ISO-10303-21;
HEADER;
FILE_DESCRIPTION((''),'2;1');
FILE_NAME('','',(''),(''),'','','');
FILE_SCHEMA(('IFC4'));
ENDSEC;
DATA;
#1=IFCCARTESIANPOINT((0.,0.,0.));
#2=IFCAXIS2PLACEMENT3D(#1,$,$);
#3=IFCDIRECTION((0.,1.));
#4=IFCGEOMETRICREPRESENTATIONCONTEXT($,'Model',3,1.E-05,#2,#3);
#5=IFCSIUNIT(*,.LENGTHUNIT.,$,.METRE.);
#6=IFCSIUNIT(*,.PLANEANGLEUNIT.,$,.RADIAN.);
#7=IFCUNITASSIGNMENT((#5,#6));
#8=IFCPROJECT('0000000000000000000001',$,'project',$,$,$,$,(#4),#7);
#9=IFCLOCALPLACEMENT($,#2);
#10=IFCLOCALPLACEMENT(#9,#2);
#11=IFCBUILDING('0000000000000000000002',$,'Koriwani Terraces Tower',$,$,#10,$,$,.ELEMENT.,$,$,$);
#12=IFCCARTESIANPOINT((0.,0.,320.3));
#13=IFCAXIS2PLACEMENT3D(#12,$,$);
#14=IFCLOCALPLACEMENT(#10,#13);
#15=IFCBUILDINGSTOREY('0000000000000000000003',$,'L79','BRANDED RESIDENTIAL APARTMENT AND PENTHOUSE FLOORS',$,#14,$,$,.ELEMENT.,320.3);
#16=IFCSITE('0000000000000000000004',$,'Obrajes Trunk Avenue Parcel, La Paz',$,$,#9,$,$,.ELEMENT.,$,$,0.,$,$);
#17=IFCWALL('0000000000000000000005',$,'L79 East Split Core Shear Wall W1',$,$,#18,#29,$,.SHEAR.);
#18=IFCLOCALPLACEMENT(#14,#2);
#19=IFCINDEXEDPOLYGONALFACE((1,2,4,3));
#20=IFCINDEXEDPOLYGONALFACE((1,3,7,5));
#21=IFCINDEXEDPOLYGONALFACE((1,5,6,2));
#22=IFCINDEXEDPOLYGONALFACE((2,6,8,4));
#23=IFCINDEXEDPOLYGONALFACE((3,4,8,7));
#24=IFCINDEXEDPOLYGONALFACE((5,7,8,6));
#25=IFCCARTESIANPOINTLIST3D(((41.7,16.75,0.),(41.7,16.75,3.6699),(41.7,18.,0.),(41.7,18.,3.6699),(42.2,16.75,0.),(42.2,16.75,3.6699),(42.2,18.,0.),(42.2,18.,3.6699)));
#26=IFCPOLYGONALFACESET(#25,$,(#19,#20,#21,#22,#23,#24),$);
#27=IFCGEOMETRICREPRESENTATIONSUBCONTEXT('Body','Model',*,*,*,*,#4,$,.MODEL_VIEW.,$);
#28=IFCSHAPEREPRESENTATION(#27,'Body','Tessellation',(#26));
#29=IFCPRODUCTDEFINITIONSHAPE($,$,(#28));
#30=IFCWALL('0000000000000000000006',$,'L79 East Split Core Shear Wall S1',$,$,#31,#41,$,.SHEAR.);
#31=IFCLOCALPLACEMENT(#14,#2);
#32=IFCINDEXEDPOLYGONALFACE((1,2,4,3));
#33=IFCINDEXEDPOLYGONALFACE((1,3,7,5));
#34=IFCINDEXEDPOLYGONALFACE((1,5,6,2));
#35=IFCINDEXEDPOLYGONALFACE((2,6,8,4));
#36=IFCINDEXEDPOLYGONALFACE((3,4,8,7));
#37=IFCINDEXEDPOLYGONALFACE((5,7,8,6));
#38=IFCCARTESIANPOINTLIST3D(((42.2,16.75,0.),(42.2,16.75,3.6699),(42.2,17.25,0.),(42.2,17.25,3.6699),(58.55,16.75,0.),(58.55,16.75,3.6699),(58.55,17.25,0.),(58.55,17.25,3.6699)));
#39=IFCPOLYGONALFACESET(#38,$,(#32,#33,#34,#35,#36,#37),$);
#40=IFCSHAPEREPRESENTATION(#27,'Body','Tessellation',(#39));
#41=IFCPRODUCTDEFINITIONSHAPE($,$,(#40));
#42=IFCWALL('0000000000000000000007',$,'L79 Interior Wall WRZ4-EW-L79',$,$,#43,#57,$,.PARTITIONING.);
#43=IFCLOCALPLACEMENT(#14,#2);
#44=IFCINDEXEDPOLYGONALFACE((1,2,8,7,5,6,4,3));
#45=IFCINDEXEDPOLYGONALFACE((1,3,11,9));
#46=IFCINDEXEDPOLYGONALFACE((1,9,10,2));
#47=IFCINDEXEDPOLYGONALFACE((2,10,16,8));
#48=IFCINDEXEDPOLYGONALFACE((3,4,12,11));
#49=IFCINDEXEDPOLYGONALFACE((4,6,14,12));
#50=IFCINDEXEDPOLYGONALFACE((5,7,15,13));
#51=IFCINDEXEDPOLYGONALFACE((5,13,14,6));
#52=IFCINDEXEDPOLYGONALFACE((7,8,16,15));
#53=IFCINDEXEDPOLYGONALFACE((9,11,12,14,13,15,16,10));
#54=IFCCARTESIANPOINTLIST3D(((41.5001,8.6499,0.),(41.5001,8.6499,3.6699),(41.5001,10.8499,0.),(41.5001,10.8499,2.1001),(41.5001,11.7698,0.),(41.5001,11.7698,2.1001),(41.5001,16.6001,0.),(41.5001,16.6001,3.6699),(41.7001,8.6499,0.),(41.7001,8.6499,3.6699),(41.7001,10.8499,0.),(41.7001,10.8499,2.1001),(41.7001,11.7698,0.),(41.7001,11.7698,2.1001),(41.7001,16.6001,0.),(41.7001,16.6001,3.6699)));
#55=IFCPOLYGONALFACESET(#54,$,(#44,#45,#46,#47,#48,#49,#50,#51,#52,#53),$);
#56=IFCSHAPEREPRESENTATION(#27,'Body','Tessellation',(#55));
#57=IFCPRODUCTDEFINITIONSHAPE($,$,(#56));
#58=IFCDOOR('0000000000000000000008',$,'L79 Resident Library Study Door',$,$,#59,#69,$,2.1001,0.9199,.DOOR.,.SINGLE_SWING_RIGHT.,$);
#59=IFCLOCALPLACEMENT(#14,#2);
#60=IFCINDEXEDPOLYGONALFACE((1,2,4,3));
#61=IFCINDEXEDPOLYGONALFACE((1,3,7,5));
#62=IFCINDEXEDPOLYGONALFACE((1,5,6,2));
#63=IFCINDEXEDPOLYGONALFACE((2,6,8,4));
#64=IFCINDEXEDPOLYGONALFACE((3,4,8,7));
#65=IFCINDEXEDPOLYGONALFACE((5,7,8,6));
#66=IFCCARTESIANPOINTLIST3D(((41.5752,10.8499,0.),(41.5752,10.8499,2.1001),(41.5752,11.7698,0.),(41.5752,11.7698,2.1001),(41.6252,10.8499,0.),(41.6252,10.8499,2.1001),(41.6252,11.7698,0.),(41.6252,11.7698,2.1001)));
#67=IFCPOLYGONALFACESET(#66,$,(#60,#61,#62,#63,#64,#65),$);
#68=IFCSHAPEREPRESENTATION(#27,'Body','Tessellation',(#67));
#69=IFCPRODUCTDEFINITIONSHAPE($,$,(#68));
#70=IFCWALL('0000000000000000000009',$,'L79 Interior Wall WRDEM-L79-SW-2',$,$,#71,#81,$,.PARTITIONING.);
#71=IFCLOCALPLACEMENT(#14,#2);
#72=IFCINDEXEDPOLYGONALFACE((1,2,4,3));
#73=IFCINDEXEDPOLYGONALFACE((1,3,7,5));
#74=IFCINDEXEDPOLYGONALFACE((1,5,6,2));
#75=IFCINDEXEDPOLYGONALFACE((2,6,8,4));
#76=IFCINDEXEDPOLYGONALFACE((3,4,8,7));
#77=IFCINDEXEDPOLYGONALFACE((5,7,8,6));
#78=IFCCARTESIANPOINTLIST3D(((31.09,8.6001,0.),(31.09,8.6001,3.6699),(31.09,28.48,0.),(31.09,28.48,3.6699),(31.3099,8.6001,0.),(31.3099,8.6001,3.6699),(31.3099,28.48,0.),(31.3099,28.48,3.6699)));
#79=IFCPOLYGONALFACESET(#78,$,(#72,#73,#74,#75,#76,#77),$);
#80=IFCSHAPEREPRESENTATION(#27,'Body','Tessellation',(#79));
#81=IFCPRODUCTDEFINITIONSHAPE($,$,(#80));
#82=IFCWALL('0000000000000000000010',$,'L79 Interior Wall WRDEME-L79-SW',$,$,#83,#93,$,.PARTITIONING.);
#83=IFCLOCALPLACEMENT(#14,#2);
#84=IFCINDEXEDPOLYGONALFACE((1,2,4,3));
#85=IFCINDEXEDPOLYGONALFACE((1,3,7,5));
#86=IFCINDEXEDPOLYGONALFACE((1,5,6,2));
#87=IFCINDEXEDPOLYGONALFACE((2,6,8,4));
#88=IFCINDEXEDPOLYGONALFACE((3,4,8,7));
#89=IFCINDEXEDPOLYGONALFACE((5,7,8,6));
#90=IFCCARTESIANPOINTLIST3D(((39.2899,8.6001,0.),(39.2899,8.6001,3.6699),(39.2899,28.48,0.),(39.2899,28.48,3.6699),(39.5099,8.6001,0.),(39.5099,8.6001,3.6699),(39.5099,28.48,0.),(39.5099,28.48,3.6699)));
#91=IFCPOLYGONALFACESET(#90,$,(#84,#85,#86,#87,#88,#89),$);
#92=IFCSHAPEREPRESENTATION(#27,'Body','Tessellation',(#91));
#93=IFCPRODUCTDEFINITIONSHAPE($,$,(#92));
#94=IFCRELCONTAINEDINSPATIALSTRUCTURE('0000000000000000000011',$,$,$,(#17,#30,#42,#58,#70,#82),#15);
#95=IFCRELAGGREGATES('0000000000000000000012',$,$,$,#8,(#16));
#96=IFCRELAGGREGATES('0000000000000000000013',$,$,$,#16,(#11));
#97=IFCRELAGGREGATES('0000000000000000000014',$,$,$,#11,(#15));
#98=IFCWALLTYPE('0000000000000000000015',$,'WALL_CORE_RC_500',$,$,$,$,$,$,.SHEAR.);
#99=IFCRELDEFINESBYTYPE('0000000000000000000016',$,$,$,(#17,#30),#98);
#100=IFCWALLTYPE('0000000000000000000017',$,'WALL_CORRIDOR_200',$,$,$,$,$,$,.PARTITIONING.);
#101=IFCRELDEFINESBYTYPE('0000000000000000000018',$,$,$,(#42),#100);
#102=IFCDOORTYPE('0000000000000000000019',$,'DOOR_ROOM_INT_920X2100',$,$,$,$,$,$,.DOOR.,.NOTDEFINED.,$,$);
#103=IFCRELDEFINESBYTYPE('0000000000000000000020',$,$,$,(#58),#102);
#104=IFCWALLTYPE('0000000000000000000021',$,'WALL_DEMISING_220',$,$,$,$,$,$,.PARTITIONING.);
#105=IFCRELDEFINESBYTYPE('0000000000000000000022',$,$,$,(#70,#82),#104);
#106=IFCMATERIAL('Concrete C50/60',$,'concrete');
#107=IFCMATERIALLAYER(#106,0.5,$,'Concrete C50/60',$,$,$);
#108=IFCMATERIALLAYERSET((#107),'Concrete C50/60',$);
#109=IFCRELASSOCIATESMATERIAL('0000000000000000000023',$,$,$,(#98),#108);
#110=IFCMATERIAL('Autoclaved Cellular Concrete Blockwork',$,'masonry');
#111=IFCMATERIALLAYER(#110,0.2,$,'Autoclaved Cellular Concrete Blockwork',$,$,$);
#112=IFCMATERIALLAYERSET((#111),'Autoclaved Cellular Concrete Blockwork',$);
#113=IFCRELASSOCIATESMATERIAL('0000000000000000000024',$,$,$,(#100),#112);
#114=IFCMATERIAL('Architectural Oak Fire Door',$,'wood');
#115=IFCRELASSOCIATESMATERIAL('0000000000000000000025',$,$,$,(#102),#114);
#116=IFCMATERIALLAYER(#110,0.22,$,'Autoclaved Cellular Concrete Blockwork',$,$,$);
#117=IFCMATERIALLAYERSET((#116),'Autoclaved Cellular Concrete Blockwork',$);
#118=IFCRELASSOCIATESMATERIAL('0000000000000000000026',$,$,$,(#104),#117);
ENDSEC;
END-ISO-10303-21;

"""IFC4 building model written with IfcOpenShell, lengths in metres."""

from ifc_helpers import new_model, si_unit, direction, frame, frame_2d, origin, place, context, subcontext, project, spatial, rectangle, extrude, material, layer, layer_set, type_object, element, fill, save


model = new_model("IFC4")

# Units and contexts
model_context = context("Model", 3, precision=1e-05, world=origin(), true_north=direction((0.0, 1.0)))
body_context = subcontext(model_context, "Body", "Model", "MODEL_VIEW")
ifc_project = project(units=[si_unit("LENGTHUNIT", "METRE"), si_unit("PLANEANGLEUNIT", "RADIAN")], contexts=[model_context])

# Site, building, storey
site_placement = place(None, origin())
site = spatial("IfcSite", under=ifc_project, at=site_placement, Name="Obrajes Trunk Avenue Parcel, La Paz", CompositionType="ELEMENT", RefElevation=0.0)
building_placement = place(site_placement, origin())
building = spatial("IfcBuilding", under=site, at=building_placement, Name="Koriwani Terraces Tower", CompositionType="ELEMENT")
storey_placement = place(building_placement, frame((0.0, 0.0, 320.3)))
storey = spatial("IfcBuildingStorey", under=building, at=storey_placement, Name="L79", Description="BRANDED RESIDENTIAL APARTMENT AND PENTHOUSE FLOORS", CompositionType="ELEMENT", Elevation=320.3)

# Shared definitions
ifc_material_1 = material(Name="Concrete C50/60", Category="concrete")

# Walls
ifc_layer_1 = layer(ifc_material_1, 0.5, Name="Concrete C50/60")
ifc_layer_set_1 = layer_set([ifc_layer_1], Name="Concrete C50/60")
wall_type_1 = type_object("IfcWallType", Name="WALL_CORE_RC_500", PredefinedType="SHEAR", material=ifc_layer_set_1)
wall_1_placement = place(storey_placement, frame((41.95, 16.75, 0.0), z_axis=(0.0, 0.0, 1.0), x_axis=(0.0, 1.0, 0.0)))
element("IfcWall", 1, at=wall_1_placement, inside=storey, type_object=wall_type_1, Name="L79 East Split Core Shear Wall W1", PredefinedType="SHEAR", context=body_context, shape_type="SweptSolid", body=[
    extrude(rectangle(XDim=1.25, YDim=0.5, at=frame_2d((0.625, 0.0))), origin(), (0.0, 0.0, 1.0), 3.6699),
])
wall_2_placement = place(storey_placement, frame((42.2, 17.0, 0.0), z_axis=(0.0, 0.0, 1.0), x_axis=(1.0, 0.0, 0.0)))
element("IfcWall", 2, at=wall_2_placement, inside=storey, type_object=wall_type_1, Name="L79 East Split Core Shear Wall S1", PredefinedType="SHEAR", context=body_context, shape_type="SweptSolid", body=[
    extrude(rectangle(XDim=16.3501, YDim=0.5, at=frame_2d((8.175, 0.0))), origin(), (0.0, 0.0, 1.0), 3.6699),
])

# Wall, opening, door
ifc_material_2 = material(Name="Autoclaved Cellular Concrete Blockwork", Category="masonry")
ifc_layer_2 = layer(ifc_material_2, 0.2, Name="Autoclaved Cellular Concrete Blockwork")
ifc_layer_set_2 = layer_set([ifc_layer_2], Name="Autoclaved Cellular Concrete Blockwork")
wall_type_2 = type_object("IfcWallType", Name="WALL_CORRIDOR_200", PredefinedType="PARTITIONING", material=ifc_layer_set_2)
wall_3_placement = place(storey_placement, frame((41.6001, 8.6499, 0.0), z_axis=(0.0, 0.0, 1.0), x_axis=(0.0, 1.0, 0.0)))
wall_3 = element("IfcWall", 3, at=wall_3_placement, inside=storey, type_object=wall_type_2, Name="L79 Interior Wall WRZ4-EW-L79", PredefinedType="PARTITIONING", context=body_context, shape_type="SweptSolid", body=[
    extrude(rectangle(XDim=7.9502, YDim=0.2, at=frame_2d((3.9751, 0.0))), origin(), (0.0, 0.0, 1.0), 3.6699),
])
opening_placement = place(wall_3_placement, frame((2.2, 0.0, 0.0)))
opening = element("IfcOpeningElement", 4, at=opening_placement, cuts=wall_3, PredefinedType="OPENING", context=body_context, shape_type="SweptSolid", body=[
    extrude(rectangle(XDim=0.9199, YDim=2.1001, at=frame_2d((0.46, 1.05))), frame((0.0, 0.1099, 0.0), z_axis=(0.0, -1.0, 0.0), x_axis=(1.0, 0.0, 0.0)), (0.0, 0.0, 1.0), 0.22),
])
ifc_material_3 = material(Name="Architectural Oak Fire Door", Category="wood")
door_type = type_object("IfcDoorType", Name="DOOR_ROOM_INT_920X2100", OperationType="NOTDEFINED", PredefinedType="DOOR", material=ifc_material_3)
door_placement = place(opening_placement, origin())
door = element("IfcDoor", 5, at=door_placement, inside=storey, type_object=door_type, Name="L79 Resident Library Study Door", OperationType="SINGLE_SWING_RIGHT", OverallHeight=2.1001, OverallWidth=0.9199, PredefinedType="DOOR", context=body_context, shape_type="SweptSolid", body=[
    extrude(rectangle(XDim=0.9199, YDim=2.1001, at=frame_2d((0.46, 1.05))), frame((0.0, 0.0249, 0.0), z_axis=(0.0, -1.0, 0.0), x_axis=(1.0, 0.0, 0.0)), (0.0, 0.0, 1.0), 0.05),
])
fill(opening, door)

# Walls
ifc_layer_3 = layer(ifc_material_2, 0.22, Name="Autoclaved Cellular Concrete Blockwork")
ifc_layer_set_3 = layer_set([ifc_layer_3], Name="Autoclaved Cellular Concrete Blockwork")
wall_type_3 = type_object("IfcWallType", Name="WALL_DEMISING_220", PredefinedType="PARTITIONING", material=ifc_layer_set_3)
for number, where, z_axis, x_axis, name in (
    (6, (31.2, 8.6001, 0.0), (0.0, 0.0, 1.0), (0.0, 1.0, 0.0), "L79 Interior Wall WRDEM-L79-SW-2"),
    (7, (39.3999, 8.6001, 0.0), (0.0, 0.0, 1.0), (0.0, 1.0, 0.0), "L79 Interior Wall WRDEME-L79-SW"),
):
    element("IfcWall", number, at=place(storey_placement, frame(where, z_axis=z_axis, x_axis=x_axis)), inside=storey, type_object=wall_type_3, Name=name, PredefinedType="PARTITIONING", context=body_context, shape_type="SweptSolid", body=[
        extrude(rectangle(XDim=19.8799, YDim=0.22, at=frame_2d((9.9399, 0.0))), origin(), (0.0, 0.0, 1.0), 3.6699),
    ])

save(model, "model.ifc")
